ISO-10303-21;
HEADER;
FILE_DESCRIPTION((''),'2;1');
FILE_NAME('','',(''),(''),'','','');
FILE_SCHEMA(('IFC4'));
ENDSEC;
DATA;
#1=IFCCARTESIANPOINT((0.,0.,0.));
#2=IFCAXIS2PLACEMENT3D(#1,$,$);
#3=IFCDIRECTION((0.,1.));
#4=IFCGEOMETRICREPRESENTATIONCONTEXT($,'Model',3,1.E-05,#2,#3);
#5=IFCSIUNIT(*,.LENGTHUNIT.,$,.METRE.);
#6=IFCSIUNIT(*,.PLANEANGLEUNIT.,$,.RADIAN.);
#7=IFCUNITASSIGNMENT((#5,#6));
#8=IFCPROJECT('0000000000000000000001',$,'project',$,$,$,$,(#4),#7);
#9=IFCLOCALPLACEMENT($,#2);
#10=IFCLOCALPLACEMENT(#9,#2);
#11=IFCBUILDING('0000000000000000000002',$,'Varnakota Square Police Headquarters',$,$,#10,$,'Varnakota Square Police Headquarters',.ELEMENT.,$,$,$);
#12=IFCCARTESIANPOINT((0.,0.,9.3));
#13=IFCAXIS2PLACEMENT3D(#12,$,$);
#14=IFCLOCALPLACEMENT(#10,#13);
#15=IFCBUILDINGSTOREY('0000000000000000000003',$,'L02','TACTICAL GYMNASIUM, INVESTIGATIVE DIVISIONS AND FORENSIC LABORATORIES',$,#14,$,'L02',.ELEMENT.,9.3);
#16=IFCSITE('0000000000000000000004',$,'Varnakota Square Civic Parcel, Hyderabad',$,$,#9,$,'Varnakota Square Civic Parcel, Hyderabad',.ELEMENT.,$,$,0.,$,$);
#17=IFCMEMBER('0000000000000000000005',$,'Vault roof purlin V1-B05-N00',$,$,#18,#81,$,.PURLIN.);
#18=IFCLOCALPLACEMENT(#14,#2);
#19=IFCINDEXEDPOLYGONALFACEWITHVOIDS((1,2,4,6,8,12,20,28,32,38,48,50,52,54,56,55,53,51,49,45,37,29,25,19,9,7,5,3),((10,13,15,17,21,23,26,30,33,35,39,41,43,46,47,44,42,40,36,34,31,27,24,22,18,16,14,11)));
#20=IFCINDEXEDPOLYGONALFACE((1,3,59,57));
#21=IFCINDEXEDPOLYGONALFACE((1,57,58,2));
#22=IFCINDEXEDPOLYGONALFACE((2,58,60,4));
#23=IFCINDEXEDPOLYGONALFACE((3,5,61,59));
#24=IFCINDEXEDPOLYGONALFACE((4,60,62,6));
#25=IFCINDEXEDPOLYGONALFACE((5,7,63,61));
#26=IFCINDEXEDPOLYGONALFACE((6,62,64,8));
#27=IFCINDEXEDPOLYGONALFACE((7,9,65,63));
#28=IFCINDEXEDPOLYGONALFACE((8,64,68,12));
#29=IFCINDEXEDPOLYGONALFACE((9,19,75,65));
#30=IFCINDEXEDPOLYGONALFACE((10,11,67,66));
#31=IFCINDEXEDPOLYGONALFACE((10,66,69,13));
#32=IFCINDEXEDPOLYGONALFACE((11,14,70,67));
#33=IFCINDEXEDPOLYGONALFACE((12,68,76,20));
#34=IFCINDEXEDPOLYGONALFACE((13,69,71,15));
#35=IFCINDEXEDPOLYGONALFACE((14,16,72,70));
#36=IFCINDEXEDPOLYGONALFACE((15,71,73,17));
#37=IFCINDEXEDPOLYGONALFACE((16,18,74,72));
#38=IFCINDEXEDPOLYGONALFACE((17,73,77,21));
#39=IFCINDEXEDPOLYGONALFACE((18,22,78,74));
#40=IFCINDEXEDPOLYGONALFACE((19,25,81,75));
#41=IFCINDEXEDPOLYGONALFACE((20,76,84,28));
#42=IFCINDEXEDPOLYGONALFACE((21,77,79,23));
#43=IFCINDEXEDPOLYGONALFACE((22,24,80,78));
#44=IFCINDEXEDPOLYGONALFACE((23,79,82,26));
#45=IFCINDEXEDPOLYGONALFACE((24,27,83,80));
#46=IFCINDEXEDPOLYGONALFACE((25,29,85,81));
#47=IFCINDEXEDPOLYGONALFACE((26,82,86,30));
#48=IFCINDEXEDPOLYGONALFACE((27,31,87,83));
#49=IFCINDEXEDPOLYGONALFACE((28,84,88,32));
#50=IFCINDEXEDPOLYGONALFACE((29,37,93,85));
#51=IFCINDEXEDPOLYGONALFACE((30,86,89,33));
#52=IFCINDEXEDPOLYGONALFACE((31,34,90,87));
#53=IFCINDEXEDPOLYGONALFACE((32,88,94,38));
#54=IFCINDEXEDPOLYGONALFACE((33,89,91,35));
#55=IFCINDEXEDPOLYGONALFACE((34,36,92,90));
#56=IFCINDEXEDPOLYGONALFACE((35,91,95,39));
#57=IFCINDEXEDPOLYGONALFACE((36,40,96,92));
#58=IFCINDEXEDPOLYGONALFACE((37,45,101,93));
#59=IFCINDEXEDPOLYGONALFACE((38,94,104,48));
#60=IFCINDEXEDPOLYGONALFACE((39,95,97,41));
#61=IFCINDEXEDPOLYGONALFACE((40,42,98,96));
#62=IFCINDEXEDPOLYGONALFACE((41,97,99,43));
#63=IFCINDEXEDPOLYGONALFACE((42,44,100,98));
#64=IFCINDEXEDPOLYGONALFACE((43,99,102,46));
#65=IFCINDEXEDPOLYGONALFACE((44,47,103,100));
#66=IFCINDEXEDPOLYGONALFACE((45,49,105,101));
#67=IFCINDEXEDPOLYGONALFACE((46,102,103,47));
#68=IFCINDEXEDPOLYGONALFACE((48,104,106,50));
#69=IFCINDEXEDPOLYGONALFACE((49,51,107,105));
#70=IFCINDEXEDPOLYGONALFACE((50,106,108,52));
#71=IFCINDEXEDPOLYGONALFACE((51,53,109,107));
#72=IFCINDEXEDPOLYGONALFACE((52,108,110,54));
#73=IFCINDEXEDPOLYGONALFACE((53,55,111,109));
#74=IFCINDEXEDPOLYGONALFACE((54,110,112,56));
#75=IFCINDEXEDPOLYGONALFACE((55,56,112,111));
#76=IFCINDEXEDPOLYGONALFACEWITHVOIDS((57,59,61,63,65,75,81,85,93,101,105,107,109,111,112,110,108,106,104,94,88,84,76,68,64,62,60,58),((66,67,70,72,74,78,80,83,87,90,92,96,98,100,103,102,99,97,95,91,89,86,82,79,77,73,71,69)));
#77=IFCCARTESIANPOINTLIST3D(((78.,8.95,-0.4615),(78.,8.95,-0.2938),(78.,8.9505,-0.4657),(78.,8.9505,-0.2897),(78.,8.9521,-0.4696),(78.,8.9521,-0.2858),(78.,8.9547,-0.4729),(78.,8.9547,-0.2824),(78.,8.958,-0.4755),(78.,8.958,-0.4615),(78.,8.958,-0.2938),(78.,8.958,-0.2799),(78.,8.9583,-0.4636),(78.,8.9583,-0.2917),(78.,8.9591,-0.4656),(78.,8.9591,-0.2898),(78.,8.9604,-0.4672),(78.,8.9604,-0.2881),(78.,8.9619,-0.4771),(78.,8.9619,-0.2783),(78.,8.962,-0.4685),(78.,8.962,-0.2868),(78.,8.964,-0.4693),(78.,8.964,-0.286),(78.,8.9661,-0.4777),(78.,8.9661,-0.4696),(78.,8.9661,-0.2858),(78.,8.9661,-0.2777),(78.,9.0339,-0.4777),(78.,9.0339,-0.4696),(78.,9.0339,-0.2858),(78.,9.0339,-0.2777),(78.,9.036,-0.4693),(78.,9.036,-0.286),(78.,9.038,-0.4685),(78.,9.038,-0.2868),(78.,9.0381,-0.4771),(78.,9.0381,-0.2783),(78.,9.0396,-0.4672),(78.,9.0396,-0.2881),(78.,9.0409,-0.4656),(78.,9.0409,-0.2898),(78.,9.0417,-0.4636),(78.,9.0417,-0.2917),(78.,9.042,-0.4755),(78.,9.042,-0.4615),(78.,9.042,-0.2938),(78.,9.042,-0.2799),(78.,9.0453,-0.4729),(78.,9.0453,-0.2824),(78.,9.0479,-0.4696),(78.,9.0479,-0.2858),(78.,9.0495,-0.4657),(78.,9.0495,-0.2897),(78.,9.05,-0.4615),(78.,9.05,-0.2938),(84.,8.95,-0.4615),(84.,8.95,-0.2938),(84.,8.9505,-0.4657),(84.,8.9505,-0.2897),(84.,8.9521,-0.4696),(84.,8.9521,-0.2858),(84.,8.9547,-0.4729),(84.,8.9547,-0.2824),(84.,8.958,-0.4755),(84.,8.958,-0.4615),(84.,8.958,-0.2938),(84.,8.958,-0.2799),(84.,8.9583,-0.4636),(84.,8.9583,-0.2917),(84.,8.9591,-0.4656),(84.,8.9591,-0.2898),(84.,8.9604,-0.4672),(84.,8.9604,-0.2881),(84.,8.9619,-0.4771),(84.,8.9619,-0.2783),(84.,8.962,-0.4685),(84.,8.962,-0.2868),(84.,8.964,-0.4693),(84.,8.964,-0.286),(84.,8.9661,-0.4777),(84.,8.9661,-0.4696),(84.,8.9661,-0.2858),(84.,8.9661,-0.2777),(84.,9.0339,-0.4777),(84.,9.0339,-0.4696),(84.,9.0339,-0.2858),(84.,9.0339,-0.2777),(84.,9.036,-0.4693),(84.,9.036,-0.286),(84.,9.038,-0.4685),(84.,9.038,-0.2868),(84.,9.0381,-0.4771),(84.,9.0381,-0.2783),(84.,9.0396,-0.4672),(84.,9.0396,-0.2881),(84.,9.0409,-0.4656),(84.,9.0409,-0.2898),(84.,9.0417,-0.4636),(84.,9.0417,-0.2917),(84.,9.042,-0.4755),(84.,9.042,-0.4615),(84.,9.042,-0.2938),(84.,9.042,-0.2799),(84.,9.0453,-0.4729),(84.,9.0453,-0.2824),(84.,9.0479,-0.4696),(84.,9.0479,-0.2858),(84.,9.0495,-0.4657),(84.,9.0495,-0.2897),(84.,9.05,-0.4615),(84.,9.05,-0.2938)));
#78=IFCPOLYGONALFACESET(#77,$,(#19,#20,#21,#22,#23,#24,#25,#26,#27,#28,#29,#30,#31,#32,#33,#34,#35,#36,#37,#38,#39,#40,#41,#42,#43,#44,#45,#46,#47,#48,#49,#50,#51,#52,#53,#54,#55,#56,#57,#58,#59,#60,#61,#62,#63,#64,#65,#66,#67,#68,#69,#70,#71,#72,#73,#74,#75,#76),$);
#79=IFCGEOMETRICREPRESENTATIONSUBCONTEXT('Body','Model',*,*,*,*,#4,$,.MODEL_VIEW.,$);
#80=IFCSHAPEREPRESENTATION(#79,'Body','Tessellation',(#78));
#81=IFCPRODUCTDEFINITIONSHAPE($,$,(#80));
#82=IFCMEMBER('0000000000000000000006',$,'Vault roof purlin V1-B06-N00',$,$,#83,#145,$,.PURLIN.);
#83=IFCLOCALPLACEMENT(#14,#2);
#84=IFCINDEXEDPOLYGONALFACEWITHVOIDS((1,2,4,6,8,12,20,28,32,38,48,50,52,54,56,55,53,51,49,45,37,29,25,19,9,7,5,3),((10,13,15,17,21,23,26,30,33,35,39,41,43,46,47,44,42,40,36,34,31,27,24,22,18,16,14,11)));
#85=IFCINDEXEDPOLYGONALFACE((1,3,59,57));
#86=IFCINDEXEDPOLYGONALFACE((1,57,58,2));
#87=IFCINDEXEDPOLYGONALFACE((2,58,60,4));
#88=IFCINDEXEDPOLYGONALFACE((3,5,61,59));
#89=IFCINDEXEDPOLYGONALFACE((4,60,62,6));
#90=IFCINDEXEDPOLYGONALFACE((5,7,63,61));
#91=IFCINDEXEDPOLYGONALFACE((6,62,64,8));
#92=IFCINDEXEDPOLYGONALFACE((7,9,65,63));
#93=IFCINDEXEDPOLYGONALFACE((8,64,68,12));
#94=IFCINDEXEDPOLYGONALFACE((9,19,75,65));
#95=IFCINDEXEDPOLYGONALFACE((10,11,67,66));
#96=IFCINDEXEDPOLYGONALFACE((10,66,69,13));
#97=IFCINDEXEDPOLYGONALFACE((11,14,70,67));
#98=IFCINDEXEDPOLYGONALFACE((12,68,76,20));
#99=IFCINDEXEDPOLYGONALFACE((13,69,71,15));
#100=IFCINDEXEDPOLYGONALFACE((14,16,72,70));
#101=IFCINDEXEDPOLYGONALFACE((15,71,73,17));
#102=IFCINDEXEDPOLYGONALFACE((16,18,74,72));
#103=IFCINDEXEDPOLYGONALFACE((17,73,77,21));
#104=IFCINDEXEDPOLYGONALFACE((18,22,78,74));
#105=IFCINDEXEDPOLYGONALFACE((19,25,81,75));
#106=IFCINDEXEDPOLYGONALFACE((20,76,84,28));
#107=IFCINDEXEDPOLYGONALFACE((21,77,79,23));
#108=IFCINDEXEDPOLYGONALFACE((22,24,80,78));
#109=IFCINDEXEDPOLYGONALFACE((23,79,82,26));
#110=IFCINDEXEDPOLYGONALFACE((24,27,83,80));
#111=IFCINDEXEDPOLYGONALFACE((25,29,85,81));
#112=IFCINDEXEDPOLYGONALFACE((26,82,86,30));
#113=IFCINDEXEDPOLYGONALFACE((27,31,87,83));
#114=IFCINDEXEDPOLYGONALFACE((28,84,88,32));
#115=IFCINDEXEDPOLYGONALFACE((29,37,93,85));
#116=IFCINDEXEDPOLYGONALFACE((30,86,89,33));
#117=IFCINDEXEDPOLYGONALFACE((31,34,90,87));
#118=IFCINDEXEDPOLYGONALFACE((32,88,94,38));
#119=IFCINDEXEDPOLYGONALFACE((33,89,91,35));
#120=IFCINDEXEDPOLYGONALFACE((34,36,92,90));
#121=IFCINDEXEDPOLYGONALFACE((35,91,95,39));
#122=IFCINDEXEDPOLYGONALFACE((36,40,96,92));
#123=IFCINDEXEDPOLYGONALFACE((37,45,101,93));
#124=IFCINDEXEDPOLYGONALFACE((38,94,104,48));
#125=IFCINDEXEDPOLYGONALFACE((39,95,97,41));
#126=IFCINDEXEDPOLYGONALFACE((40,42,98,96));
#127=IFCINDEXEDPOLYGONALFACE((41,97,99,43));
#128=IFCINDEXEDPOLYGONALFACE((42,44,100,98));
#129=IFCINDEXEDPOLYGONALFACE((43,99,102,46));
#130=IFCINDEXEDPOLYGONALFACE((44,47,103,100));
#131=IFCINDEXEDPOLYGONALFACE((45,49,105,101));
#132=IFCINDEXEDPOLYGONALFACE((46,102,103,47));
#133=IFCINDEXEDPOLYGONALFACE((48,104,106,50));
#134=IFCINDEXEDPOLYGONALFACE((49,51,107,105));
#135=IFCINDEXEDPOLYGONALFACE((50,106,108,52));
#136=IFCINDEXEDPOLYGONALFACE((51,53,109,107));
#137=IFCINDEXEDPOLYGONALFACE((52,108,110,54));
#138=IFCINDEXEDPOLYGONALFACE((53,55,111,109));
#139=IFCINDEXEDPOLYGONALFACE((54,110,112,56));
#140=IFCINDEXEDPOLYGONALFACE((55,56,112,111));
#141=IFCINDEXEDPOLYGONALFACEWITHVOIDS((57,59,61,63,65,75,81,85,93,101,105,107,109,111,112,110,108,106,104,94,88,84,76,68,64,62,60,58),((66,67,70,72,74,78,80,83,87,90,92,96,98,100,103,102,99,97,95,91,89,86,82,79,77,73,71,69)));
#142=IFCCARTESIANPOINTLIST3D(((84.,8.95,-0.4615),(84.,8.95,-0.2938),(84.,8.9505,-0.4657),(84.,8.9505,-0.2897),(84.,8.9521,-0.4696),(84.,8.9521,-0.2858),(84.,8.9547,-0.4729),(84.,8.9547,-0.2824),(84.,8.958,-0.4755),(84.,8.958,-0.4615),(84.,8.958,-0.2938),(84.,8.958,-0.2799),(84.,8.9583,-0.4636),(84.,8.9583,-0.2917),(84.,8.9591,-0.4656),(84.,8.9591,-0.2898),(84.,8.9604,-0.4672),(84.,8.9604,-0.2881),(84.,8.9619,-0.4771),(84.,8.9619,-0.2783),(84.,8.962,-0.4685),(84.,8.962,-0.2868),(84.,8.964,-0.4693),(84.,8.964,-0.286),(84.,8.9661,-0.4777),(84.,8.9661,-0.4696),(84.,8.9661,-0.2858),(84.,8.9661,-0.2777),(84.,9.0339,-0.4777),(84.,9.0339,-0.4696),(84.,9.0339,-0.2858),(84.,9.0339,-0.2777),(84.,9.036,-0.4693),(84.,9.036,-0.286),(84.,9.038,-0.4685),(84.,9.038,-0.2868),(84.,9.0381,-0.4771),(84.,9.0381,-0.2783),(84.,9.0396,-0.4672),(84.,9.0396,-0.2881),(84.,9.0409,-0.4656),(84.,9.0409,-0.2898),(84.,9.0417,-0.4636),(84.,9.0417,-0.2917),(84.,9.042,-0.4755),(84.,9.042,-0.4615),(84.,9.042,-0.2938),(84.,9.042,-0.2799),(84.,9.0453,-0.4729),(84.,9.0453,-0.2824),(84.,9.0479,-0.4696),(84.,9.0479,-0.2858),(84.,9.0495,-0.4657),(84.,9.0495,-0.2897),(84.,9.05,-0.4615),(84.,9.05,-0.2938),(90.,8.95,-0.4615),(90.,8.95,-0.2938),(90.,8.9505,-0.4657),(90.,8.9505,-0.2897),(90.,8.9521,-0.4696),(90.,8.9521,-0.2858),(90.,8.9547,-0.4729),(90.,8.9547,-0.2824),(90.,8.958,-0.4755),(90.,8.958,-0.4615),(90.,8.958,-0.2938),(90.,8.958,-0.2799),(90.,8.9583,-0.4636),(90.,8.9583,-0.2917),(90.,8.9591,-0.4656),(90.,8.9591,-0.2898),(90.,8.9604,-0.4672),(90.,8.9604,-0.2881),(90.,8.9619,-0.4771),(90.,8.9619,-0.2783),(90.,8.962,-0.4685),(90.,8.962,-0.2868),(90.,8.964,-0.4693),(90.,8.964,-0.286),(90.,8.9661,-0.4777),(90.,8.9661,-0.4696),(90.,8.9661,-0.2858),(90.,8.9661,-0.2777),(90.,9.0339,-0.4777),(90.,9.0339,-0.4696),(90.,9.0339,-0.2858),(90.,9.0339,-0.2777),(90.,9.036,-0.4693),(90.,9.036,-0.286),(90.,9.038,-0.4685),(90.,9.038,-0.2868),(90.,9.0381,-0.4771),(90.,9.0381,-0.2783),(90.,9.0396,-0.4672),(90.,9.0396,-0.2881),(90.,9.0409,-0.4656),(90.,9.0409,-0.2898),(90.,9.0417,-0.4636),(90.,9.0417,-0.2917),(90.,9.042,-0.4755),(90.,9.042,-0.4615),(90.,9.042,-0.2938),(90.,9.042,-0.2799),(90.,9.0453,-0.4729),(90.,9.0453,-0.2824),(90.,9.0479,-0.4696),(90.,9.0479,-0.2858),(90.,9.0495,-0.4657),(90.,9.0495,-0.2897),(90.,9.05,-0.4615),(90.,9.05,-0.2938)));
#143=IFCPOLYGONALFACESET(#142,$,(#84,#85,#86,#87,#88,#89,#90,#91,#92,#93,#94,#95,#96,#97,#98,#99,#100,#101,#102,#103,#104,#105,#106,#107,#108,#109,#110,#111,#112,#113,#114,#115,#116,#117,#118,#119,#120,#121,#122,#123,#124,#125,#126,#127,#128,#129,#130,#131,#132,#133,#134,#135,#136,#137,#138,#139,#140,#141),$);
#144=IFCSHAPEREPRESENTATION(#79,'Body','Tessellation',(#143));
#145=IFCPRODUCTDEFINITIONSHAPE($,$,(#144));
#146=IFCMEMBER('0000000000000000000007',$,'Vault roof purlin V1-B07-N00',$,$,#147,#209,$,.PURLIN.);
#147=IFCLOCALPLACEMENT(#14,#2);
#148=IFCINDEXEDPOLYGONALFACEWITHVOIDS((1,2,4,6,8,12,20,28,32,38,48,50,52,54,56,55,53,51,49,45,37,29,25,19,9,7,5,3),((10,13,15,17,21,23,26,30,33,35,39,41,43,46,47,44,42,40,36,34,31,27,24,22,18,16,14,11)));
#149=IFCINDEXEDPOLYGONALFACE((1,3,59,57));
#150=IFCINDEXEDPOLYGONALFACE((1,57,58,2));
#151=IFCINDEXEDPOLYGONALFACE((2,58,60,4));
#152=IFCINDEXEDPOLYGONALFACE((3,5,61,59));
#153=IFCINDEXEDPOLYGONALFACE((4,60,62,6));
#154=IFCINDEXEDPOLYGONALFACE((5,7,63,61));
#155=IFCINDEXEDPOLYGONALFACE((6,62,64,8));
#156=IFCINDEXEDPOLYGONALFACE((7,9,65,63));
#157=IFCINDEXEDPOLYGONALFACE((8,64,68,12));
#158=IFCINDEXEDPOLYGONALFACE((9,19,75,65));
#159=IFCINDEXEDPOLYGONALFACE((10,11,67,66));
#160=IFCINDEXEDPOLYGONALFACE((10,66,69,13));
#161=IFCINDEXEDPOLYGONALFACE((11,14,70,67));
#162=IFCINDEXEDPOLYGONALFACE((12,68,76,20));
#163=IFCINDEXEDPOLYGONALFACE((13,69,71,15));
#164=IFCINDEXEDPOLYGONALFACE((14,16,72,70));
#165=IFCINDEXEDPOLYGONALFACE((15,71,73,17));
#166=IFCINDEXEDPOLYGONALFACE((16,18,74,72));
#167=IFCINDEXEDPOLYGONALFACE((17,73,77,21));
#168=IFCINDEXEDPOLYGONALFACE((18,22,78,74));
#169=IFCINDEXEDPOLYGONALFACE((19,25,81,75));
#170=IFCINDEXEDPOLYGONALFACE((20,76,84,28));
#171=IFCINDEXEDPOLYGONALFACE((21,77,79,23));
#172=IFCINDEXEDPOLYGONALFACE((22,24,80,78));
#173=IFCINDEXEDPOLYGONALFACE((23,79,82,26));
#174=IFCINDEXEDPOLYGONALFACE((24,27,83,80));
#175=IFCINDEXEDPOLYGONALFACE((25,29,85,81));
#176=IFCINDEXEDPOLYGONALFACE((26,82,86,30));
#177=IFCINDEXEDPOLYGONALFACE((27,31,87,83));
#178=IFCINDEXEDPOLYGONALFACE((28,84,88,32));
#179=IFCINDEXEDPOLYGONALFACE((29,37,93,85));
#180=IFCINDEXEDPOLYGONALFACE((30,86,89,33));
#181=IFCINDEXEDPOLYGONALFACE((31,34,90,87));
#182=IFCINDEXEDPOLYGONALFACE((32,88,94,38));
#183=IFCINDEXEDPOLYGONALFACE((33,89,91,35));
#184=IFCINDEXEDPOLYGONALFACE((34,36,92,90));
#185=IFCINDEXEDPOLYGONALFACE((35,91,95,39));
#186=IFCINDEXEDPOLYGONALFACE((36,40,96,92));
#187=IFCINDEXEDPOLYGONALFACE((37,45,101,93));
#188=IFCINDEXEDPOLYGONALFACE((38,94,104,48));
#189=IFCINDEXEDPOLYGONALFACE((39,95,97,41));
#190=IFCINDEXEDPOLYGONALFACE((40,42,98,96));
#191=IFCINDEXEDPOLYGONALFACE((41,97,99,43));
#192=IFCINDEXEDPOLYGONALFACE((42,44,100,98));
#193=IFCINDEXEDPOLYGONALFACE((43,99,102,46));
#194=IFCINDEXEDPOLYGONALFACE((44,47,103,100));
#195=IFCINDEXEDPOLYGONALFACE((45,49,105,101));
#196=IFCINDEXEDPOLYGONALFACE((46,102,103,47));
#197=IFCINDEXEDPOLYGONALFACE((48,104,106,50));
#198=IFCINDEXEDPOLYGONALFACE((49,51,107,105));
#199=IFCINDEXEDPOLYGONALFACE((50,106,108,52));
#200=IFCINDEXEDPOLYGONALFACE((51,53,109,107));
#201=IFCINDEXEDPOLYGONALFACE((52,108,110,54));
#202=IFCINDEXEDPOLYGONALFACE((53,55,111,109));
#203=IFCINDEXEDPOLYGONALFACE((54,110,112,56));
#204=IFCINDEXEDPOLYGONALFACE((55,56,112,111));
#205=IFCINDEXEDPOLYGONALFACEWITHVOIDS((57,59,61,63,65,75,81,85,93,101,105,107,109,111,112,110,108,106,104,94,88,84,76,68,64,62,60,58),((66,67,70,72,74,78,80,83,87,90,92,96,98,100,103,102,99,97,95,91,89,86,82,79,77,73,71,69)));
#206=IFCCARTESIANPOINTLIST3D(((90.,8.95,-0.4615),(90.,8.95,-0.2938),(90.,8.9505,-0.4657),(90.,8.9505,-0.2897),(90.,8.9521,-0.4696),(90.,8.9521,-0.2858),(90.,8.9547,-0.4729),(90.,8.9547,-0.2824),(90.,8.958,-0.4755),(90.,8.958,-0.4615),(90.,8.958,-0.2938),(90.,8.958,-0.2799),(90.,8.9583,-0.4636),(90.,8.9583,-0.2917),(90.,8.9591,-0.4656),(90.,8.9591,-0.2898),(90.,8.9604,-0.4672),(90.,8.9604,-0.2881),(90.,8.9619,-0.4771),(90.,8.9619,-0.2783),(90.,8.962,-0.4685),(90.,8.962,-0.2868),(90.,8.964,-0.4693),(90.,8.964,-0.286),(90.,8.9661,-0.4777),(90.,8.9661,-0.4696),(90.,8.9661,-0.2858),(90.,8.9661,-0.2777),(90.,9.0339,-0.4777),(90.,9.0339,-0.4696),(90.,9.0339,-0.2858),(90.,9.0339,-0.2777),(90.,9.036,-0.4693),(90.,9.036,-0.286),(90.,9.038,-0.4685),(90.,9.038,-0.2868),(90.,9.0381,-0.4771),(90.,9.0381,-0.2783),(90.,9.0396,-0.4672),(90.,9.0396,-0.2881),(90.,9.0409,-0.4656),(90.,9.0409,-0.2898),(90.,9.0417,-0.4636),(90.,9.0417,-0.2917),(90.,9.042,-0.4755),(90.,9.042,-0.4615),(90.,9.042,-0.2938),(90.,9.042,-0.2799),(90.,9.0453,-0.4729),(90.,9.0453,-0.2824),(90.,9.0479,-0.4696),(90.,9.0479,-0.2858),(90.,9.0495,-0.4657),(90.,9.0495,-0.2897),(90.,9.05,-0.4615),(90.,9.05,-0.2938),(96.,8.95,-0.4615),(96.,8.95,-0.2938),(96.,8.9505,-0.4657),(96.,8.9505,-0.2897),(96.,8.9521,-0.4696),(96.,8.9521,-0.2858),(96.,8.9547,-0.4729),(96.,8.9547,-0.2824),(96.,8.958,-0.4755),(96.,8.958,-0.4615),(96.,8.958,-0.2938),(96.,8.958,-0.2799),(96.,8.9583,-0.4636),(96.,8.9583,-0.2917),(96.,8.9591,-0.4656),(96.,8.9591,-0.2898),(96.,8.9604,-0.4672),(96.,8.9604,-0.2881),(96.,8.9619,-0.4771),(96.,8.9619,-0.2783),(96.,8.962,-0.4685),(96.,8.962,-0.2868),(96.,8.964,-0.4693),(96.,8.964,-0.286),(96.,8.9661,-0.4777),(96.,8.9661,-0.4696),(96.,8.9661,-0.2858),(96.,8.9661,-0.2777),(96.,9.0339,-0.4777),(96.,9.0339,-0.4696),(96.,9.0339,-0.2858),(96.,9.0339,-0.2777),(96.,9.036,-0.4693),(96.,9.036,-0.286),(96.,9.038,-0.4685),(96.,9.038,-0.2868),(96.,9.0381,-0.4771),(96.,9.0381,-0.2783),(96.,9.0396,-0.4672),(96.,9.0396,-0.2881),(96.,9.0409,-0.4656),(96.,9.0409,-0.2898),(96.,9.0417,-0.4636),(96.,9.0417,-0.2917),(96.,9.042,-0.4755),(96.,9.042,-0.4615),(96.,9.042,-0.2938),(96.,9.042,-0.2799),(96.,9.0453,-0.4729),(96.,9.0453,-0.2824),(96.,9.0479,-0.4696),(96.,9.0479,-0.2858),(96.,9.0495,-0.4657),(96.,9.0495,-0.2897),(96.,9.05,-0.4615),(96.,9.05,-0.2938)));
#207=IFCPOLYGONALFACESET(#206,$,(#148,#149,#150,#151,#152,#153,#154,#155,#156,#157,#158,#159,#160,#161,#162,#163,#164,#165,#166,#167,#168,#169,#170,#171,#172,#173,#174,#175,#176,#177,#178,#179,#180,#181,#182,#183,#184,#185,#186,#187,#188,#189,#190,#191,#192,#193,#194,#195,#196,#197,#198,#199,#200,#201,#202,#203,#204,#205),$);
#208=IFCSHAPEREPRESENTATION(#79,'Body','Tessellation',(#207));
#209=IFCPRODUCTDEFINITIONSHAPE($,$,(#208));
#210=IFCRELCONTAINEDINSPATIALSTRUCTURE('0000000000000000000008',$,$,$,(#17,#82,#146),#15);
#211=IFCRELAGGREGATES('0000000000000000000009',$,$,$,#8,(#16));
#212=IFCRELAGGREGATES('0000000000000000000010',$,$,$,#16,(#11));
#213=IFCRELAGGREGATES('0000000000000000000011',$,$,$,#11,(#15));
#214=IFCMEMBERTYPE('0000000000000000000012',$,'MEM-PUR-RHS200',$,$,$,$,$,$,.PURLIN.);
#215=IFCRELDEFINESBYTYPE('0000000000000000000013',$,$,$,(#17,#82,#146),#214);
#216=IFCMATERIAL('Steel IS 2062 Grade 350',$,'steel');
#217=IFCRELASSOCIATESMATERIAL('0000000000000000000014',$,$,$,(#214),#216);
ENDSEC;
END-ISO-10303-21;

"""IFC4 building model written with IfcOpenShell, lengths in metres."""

from ifc_helpers import new_model, si_unit, direction, frame, origin, origin_2d, place, context, subcontext, project, spatial, hollow_rectangle, extrude, material, material_profile, profile_set, type_object, element, save


model = new_model("IFC4")

# Units and contexts
model_context = context("Model", 3, precision=1e-05, world=origin(), true_north=direction((0.0, 1.0)))
body_context = subcontext(model_context, "Body", "Model", "MODEL_VIEW")
ifc_project = project(units=[si_unit("LENGTHUNIT", "METRE"), si_unit("PLANEANGLEUNIT", "RADIAN")], contexts=[model_context])

# Site, building, storey
site_placement = place(None, origin())
site = spatial("IfcSite", under=ifc_project, at=site_placement, Name="Varnakota Square Civic Parcel, Hyderabad", LongName="Varnakota Square Civic Parcel, Hyderabad", CompositionType="ELEMENT", RefElevation=0.0)
building_placement = place(site_placement, origin())
building = spatial("IfcBuilding", under=site, at=building_placement, Name="Varnakota Square Police Headquarters", LongName="Varnakota Square Police Headquarters", CompositionType="ELEMENT")
storey_placement = place(building_placement, frame((0.0, 0.0, 9.3)))
storey = spatial("IfcBuildingStorey", under=building, at=storey_placement, Name="L02", Description="TACTICAL GYMNASIUM, INVESTIGATIVE DIVISIONS AND FORENSIC LABORATORIES", LongName="L02", CompositionType="ELEMENT", Elevation=9.3)

# Shared definitions
ifc_material_1 = material(Name="Steel IS 2062 Grade 350", Category="steel")

# Members
ifc_material_profile_1 = material_profile(ifc_material_1, hollow_rectangle(XDim=0.1001, YDim=0.2, WallThickness=0.0081, InnerFilletRadius=0.0081, OuterFilletRadius=0.0161, at=origin_2d()), Name="RHS 200x100x8")
ifc_profile_set_1 = profile_set([ifc_material_profile_1], Name="Steel IS 2062 Grade 350")
member_type_1 = type_object("IfcMemberType", Name="MEM-PUR-RHS200", PredefinedType="PURLIN", material=ifc_profile_set_1)
for number, where, z_axis, x_axis, name in (
    (1, (78.0, 9.0, -0.3777), (1.0, 0.0, 0.0), (0.0, 1.0, 0.0), "Vault roof purlin V1-B05-N00"),
    (2, (84.0, 9.0, -0.3777), (1.0, 0.0, 0.0), (0.0, 1.0, 0.0), "Vault roof purlin V1-B06-N00"),
    (3, (90.0, 9.0, -0.3777), (1.0, 0.0, 0.0), (0.0, 1.0, 0.0), "Vault roof purlin V1-B07-N00"),
):
    element("IfcMember", number, at=place(storey_placement, frame(where, z_axis=z_axis, x_axis=x_axis)), inside=storey, type_object=member_type_1, Name=name, PredefinedType="PURLIN", context=body_context, shape_type="SweptSolid", body=[
        extrude(hollow_rectangle(XDim=0.1001, YDim=0.2, WallThickness=0.0081, InnerFilletRadius=0.0081, OuterFilletRadius=0.0161, at=origin_2d()), origin(), (0.0, 0.0, 1.0), 6.0),
    ])

save(model, "model.ifc")
